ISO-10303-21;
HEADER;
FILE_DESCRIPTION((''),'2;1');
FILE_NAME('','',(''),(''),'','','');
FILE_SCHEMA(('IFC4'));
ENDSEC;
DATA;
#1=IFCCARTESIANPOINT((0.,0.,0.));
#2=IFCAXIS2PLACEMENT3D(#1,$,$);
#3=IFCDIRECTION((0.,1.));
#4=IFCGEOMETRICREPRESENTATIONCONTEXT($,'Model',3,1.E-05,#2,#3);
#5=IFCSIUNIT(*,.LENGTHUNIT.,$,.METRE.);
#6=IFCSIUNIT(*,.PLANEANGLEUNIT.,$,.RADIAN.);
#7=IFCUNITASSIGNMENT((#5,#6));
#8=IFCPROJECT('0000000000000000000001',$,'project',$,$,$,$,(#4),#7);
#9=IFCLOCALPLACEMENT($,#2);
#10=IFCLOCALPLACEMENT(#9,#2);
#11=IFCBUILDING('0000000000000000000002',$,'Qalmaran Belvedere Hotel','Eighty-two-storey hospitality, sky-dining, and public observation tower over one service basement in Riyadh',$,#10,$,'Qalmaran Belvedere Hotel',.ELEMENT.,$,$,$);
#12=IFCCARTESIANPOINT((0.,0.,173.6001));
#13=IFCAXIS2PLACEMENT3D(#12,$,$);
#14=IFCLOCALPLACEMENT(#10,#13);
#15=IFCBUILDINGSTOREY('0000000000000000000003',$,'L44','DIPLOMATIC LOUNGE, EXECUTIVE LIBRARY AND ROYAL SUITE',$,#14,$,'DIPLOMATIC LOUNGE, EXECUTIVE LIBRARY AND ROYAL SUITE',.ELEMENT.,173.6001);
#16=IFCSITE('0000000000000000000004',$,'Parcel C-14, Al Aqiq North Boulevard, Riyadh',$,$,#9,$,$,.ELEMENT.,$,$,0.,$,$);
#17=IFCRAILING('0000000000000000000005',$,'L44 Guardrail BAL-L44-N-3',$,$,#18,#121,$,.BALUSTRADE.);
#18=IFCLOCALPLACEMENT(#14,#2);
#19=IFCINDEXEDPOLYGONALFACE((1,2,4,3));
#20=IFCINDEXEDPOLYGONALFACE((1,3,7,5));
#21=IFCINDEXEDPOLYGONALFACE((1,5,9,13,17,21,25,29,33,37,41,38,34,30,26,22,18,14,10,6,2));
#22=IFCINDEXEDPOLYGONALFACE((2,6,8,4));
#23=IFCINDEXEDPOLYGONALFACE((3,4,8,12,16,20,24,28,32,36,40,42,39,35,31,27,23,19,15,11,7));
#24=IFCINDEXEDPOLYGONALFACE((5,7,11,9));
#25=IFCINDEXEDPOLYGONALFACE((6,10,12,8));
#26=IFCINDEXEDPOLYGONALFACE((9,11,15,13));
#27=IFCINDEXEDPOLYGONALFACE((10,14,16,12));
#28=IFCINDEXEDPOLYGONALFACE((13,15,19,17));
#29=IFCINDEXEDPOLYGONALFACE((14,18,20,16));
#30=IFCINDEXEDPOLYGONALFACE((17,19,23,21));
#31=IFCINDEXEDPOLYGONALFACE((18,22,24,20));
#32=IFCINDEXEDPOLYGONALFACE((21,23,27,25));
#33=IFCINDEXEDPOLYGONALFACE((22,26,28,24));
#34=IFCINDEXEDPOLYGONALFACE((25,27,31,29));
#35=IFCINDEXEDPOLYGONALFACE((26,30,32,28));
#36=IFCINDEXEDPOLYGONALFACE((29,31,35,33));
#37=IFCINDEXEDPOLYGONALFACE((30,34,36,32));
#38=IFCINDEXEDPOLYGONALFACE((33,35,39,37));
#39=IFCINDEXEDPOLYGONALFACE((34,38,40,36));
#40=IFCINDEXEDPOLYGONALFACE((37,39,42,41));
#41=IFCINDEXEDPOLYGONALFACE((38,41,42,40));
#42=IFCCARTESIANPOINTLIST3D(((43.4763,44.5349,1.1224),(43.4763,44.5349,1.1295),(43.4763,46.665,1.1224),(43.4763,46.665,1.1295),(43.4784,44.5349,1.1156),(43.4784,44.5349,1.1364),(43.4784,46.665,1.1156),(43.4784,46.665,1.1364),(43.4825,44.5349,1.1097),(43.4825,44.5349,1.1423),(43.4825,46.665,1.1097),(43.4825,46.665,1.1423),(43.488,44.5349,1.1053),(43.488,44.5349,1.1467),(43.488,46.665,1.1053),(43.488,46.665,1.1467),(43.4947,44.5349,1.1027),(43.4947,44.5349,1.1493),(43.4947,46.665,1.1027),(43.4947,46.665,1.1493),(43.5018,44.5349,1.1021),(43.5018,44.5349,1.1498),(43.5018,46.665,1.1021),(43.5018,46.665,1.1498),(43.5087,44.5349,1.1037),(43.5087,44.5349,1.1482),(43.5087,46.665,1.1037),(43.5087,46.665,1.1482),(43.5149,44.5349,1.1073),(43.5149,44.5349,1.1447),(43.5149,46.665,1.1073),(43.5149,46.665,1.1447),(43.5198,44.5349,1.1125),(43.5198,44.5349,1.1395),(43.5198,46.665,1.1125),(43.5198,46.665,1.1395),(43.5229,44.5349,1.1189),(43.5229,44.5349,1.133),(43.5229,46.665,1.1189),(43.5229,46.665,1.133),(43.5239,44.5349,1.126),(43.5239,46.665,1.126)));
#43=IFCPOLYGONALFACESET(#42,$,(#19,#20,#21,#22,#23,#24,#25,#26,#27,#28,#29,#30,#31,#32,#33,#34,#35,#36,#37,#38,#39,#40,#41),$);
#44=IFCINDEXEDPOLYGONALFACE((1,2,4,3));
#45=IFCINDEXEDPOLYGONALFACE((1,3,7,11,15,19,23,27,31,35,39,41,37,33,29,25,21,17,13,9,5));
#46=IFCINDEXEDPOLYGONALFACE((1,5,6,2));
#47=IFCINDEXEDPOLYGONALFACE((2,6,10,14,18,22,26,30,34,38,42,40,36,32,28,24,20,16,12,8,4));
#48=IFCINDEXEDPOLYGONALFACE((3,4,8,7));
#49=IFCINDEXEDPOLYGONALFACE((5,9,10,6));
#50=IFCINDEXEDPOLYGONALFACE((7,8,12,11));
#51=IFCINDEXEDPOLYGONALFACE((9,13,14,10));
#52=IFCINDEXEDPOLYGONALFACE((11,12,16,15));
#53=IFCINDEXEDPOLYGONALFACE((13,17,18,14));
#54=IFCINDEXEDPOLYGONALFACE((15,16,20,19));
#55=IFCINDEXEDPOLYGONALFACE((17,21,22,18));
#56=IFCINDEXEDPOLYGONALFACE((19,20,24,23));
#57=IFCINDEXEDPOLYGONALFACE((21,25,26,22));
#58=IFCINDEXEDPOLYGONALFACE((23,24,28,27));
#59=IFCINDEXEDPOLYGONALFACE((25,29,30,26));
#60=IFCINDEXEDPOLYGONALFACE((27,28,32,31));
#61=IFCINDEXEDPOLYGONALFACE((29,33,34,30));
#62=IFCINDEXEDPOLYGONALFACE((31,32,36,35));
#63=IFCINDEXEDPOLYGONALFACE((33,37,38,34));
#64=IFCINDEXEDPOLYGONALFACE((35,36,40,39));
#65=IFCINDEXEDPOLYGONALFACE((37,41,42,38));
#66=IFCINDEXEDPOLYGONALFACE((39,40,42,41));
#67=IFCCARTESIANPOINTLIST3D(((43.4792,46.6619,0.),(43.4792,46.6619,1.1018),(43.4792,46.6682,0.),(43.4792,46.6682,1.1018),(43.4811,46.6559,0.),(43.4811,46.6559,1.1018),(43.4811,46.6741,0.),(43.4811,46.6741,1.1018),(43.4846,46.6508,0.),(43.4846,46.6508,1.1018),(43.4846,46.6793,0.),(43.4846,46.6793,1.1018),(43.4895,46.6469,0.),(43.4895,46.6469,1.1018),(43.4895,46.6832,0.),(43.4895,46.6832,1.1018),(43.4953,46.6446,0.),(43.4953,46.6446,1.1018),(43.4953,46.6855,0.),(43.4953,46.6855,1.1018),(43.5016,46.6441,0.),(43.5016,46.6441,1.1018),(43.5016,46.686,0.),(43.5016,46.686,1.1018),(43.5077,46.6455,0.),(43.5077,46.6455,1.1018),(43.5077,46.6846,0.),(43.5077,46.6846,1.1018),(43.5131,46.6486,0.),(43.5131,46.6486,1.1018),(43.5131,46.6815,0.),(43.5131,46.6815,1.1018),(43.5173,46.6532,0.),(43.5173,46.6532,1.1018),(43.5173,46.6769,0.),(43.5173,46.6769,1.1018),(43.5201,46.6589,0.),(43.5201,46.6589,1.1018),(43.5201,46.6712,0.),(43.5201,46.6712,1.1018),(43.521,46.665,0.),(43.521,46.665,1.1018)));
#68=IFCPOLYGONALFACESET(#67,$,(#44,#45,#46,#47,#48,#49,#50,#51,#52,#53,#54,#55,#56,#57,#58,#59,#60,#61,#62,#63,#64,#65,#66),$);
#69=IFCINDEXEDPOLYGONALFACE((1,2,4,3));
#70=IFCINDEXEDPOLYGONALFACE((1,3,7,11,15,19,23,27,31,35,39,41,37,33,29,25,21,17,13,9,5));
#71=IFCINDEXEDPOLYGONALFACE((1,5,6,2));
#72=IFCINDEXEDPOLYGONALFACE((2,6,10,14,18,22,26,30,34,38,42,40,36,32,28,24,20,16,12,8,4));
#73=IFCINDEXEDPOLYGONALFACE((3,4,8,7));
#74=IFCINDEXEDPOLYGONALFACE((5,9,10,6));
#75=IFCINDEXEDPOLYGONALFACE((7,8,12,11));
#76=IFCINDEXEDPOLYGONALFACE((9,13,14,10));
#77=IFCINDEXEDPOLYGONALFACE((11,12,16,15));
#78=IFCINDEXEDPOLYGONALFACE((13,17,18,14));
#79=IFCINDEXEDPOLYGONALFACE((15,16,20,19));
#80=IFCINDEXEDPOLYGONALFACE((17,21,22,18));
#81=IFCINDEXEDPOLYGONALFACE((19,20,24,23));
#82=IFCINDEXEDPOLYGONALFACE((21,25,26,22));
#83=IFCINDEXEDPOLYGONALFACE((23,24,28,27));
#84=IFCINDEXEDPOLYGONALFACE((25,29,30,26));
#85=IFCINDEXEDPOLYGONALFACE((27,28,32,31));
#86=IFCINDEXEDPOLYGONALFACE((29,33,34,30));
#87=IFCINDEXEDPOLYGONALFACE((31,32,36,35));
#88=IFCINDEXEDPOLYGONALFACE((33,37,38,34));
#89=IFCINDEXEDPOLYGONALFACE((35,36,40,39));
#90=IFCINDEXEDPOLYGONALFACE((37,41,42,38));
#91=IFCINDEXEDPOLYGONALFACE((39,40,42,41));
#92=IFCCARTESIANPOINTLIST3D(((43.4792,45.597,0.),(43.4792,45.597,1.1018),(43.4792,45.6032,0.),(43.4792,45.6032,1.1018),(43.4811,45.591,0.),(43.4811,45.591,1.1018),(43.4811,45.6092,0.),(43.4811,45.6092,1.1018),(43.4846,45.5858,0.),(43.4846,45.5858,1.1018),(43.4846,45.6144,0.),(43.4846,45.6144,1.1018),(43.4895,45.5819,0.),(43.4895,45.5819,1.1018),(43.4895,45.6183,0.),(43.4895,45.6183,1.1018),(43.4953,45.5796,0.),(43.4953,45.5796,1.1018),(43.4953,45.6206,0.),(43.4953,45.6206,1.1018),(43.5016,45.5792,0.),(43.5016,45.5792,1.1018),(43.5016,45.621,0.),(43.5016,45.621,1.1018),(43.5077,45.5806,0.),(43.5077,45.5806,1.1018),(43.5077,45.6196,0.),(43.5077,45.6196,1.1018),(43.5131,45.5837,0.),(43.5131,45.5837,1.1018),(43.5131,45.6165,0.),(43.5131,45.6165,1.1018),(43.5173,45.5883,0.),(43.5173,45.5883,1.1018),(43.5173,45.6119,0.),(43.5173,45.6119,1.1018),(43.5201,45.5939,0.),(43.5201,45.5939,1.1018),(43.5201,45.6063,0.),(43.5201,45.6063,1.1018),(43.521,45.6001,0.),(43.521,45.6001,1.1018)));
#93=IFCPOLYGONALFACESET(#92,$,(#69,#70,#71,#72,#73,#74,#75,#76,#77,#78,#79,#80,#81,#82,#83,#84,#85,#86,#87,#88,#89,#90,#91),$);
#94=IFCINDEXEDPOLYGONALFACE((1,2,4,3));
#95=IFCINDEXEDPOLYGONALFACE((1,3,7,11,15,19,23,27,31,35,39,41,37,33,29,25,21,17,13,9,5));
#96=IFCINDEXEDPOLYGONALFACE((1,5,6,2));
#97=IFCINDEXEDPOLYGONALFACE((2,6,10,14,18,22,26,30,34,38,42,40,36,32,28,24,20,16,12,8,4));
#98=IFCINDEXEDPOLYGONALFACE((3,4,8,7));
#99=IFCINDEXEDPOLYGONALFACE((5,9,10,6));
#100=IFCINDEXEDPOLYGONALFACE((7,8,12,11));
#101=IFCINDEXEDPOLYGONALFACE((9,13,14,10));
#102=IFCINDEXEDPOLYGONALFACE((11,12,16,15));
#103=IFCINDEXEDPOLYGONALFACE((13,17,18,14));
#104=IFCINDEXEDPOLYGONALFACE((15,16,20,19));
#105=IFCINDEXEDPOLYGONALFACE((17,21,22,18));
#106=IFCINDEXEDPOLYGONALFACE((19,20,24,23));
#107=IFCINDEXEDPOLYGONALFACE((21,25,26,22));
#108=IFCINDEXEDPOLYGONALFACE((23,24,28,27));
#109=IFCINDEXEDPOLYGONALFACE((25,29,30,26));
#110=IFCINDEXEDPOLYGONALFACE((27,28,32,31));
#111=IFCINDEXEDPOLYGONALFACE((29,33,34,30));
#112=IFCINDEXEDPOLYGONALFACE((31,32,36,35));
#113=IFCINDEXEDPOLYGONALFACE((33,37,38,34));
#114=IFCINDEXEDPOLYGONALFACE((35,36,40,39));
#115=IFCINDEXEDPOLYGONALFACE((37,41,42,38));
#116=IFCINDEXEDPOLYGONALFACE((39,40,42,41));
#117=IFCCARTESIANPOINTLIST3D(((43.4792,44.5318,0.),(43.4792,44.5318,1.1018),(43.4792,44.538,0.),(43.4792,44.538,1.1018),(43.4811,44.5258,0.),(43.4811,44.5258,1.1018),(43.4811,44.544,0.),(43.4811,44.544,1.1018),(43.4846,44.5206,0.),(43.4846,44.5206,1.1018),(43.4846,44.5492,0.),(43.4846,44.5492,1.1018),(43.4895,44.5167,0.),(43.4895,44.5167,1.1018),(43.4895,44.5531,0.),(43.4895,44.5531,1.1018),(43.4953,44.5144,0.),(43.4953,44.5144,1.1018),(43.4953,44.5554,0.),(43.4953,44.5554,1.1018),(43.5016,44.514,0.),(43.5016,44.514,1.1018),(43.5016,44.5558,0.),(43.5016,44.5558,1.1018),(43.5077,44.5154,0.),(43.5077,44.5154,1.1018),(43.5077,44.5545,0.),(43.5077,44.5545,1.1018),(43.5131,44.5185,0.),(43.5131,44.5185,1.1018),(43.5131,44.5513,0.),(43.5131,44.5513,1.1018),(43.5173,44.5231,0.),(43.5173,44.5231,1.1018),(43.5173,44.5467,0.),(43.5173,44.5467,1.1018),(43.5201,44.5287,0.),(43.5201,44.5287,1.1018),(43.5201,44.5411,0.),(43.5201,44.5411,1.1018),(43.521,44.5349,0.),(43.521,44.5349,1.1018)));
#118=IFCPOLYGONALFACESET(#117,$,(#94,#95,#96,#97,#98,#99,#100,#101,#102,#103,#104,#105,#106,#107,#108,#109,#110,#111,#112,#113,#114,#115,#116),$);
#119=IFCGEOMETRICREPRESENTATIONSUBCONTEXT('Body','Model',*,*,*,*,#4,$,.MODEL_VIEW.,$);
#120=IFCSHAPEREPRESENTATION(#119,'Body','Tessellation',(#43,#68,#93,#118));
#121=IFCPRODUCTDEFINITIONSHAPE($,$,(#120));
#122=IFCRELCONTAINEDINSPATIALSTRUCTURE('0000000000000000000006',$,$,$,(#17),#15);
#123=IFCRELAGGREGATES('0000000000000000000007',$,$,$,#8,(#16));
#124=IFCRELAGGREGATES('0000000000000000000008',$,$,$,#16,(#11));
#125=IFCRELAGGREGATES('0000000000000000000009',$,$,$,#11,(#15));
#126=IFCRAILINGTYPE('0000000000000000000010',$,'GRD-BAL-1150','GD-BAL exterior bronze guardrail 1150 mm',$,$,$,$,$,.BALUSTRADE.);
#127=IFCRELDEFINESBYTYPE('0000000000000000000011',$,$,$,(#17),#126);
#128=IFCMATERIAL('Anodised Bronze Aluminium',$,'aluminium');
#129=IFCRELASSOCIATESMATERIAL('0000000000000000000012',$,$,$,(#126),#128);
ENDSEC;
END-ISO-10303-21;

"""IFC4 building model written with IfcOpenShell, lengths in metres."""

from ifc_helpers import new_model, si_unit, direction, frame, origin, origin_2d, place, context, subcontext, project, spatial, circle, extrude, material, type_object, element, save


model = new_model("IFC4")

# Units and contexts
model_context = context("Model", 3, precision=1e-05, world=origin(), true_north=direction((0.0, 1.0)))
body_context = subcontext(model_context, "Body", "Model", "MODEL_VIEW")
ifc_project = project(units=[si_unit("LENGTHUNIT", "METRE"), si_unit("PLANEANGLEUNIT", "RADIAN")], contexts=[model_context])

# Site, building, storey
site_placement = place(None, origin())
site = spatial("IfcSite", under=ifc_project, at=site_placement, Name="Parcel C-14, Al Aqiq North Boulevard, Riyadh", CompositionType="ELEMENT", RefElevation=0.0)
building_placement = place(site_placement, origin())
building = spatial("IfcBuilding", under=site, at=building_placement, Name="Qalmaran Belvedere Hotel", Description="Eighty-two-storey hospitality, sky-dining, and public observation tower over one service basement in Riyadh", LongName="Qalmaran Belvedere Hotel", CompositionType="ELEMENT")
storey_placement = place(building_placement, frame((0.0, 0.0, 173.6001)))
storey = spatial("IfcBuildingStorey", under=building, at=storey_placement, Name="L44", Description="DIPLOMATIC LOUNGE, EXECUTIVE LIBRARY AND ROYAL SUITE", LongName="DIPLOMATIC LOUNGE, EXECUTIVE LIBRARY AND ROYAL SUITE", CompositionType="ELEMENT", Elevation=173.6001)

# Shared definitions
ifc_material_1 = material(Name="Anodised Bronze Aluminium", Category="aluminium")

# Railing
railing_type = type_object("IfcRailingType", Name="GRD-BAL-1150", Description="GD-BAL exterior bronze guardrail 1150 mm", PredefinedType="BALUSTRADE", material=ifc_material_1)
railing_placement = place(storey_placement, frame((43.5, 46.665, 0.0)))
element("IfcRailing", 1, at=railing_placement, inside=storey, type_object=railing_type, Name="L44 Guardrail BAL-L44-N-3", PredefinedType="BALUSTRADE", context=body_context, shape_type="SweptSolid", body=[
    extrude(circle(Radius=0.0239, at=origin_2d()), frame((0.0, 0.0, 1.126), z_axis=(0.0, -1.0, 0.0), x_axis=(1.0, 0.0, 0.0)), (0.0, 0.0, 1.0), 2.1301),
    extrude(circle(Radius=0.021, at=origin_2d()), origin(), (0.0, 0.0, 1.0), 1.1018),
    extrude(circle(Radius=0.021, at=origin_2d()), frame((0.0, -1.0649, 0.0)), (0.0, 0.0, 1.0), 1.1018),
    extrude(circle(Radius=0.021, at=origin_2d()), frame((0.0, -2.1301, 0.0)), (0.0, 0.0, 1.0), 1.1018),
])

save(model, "model.ifc")
